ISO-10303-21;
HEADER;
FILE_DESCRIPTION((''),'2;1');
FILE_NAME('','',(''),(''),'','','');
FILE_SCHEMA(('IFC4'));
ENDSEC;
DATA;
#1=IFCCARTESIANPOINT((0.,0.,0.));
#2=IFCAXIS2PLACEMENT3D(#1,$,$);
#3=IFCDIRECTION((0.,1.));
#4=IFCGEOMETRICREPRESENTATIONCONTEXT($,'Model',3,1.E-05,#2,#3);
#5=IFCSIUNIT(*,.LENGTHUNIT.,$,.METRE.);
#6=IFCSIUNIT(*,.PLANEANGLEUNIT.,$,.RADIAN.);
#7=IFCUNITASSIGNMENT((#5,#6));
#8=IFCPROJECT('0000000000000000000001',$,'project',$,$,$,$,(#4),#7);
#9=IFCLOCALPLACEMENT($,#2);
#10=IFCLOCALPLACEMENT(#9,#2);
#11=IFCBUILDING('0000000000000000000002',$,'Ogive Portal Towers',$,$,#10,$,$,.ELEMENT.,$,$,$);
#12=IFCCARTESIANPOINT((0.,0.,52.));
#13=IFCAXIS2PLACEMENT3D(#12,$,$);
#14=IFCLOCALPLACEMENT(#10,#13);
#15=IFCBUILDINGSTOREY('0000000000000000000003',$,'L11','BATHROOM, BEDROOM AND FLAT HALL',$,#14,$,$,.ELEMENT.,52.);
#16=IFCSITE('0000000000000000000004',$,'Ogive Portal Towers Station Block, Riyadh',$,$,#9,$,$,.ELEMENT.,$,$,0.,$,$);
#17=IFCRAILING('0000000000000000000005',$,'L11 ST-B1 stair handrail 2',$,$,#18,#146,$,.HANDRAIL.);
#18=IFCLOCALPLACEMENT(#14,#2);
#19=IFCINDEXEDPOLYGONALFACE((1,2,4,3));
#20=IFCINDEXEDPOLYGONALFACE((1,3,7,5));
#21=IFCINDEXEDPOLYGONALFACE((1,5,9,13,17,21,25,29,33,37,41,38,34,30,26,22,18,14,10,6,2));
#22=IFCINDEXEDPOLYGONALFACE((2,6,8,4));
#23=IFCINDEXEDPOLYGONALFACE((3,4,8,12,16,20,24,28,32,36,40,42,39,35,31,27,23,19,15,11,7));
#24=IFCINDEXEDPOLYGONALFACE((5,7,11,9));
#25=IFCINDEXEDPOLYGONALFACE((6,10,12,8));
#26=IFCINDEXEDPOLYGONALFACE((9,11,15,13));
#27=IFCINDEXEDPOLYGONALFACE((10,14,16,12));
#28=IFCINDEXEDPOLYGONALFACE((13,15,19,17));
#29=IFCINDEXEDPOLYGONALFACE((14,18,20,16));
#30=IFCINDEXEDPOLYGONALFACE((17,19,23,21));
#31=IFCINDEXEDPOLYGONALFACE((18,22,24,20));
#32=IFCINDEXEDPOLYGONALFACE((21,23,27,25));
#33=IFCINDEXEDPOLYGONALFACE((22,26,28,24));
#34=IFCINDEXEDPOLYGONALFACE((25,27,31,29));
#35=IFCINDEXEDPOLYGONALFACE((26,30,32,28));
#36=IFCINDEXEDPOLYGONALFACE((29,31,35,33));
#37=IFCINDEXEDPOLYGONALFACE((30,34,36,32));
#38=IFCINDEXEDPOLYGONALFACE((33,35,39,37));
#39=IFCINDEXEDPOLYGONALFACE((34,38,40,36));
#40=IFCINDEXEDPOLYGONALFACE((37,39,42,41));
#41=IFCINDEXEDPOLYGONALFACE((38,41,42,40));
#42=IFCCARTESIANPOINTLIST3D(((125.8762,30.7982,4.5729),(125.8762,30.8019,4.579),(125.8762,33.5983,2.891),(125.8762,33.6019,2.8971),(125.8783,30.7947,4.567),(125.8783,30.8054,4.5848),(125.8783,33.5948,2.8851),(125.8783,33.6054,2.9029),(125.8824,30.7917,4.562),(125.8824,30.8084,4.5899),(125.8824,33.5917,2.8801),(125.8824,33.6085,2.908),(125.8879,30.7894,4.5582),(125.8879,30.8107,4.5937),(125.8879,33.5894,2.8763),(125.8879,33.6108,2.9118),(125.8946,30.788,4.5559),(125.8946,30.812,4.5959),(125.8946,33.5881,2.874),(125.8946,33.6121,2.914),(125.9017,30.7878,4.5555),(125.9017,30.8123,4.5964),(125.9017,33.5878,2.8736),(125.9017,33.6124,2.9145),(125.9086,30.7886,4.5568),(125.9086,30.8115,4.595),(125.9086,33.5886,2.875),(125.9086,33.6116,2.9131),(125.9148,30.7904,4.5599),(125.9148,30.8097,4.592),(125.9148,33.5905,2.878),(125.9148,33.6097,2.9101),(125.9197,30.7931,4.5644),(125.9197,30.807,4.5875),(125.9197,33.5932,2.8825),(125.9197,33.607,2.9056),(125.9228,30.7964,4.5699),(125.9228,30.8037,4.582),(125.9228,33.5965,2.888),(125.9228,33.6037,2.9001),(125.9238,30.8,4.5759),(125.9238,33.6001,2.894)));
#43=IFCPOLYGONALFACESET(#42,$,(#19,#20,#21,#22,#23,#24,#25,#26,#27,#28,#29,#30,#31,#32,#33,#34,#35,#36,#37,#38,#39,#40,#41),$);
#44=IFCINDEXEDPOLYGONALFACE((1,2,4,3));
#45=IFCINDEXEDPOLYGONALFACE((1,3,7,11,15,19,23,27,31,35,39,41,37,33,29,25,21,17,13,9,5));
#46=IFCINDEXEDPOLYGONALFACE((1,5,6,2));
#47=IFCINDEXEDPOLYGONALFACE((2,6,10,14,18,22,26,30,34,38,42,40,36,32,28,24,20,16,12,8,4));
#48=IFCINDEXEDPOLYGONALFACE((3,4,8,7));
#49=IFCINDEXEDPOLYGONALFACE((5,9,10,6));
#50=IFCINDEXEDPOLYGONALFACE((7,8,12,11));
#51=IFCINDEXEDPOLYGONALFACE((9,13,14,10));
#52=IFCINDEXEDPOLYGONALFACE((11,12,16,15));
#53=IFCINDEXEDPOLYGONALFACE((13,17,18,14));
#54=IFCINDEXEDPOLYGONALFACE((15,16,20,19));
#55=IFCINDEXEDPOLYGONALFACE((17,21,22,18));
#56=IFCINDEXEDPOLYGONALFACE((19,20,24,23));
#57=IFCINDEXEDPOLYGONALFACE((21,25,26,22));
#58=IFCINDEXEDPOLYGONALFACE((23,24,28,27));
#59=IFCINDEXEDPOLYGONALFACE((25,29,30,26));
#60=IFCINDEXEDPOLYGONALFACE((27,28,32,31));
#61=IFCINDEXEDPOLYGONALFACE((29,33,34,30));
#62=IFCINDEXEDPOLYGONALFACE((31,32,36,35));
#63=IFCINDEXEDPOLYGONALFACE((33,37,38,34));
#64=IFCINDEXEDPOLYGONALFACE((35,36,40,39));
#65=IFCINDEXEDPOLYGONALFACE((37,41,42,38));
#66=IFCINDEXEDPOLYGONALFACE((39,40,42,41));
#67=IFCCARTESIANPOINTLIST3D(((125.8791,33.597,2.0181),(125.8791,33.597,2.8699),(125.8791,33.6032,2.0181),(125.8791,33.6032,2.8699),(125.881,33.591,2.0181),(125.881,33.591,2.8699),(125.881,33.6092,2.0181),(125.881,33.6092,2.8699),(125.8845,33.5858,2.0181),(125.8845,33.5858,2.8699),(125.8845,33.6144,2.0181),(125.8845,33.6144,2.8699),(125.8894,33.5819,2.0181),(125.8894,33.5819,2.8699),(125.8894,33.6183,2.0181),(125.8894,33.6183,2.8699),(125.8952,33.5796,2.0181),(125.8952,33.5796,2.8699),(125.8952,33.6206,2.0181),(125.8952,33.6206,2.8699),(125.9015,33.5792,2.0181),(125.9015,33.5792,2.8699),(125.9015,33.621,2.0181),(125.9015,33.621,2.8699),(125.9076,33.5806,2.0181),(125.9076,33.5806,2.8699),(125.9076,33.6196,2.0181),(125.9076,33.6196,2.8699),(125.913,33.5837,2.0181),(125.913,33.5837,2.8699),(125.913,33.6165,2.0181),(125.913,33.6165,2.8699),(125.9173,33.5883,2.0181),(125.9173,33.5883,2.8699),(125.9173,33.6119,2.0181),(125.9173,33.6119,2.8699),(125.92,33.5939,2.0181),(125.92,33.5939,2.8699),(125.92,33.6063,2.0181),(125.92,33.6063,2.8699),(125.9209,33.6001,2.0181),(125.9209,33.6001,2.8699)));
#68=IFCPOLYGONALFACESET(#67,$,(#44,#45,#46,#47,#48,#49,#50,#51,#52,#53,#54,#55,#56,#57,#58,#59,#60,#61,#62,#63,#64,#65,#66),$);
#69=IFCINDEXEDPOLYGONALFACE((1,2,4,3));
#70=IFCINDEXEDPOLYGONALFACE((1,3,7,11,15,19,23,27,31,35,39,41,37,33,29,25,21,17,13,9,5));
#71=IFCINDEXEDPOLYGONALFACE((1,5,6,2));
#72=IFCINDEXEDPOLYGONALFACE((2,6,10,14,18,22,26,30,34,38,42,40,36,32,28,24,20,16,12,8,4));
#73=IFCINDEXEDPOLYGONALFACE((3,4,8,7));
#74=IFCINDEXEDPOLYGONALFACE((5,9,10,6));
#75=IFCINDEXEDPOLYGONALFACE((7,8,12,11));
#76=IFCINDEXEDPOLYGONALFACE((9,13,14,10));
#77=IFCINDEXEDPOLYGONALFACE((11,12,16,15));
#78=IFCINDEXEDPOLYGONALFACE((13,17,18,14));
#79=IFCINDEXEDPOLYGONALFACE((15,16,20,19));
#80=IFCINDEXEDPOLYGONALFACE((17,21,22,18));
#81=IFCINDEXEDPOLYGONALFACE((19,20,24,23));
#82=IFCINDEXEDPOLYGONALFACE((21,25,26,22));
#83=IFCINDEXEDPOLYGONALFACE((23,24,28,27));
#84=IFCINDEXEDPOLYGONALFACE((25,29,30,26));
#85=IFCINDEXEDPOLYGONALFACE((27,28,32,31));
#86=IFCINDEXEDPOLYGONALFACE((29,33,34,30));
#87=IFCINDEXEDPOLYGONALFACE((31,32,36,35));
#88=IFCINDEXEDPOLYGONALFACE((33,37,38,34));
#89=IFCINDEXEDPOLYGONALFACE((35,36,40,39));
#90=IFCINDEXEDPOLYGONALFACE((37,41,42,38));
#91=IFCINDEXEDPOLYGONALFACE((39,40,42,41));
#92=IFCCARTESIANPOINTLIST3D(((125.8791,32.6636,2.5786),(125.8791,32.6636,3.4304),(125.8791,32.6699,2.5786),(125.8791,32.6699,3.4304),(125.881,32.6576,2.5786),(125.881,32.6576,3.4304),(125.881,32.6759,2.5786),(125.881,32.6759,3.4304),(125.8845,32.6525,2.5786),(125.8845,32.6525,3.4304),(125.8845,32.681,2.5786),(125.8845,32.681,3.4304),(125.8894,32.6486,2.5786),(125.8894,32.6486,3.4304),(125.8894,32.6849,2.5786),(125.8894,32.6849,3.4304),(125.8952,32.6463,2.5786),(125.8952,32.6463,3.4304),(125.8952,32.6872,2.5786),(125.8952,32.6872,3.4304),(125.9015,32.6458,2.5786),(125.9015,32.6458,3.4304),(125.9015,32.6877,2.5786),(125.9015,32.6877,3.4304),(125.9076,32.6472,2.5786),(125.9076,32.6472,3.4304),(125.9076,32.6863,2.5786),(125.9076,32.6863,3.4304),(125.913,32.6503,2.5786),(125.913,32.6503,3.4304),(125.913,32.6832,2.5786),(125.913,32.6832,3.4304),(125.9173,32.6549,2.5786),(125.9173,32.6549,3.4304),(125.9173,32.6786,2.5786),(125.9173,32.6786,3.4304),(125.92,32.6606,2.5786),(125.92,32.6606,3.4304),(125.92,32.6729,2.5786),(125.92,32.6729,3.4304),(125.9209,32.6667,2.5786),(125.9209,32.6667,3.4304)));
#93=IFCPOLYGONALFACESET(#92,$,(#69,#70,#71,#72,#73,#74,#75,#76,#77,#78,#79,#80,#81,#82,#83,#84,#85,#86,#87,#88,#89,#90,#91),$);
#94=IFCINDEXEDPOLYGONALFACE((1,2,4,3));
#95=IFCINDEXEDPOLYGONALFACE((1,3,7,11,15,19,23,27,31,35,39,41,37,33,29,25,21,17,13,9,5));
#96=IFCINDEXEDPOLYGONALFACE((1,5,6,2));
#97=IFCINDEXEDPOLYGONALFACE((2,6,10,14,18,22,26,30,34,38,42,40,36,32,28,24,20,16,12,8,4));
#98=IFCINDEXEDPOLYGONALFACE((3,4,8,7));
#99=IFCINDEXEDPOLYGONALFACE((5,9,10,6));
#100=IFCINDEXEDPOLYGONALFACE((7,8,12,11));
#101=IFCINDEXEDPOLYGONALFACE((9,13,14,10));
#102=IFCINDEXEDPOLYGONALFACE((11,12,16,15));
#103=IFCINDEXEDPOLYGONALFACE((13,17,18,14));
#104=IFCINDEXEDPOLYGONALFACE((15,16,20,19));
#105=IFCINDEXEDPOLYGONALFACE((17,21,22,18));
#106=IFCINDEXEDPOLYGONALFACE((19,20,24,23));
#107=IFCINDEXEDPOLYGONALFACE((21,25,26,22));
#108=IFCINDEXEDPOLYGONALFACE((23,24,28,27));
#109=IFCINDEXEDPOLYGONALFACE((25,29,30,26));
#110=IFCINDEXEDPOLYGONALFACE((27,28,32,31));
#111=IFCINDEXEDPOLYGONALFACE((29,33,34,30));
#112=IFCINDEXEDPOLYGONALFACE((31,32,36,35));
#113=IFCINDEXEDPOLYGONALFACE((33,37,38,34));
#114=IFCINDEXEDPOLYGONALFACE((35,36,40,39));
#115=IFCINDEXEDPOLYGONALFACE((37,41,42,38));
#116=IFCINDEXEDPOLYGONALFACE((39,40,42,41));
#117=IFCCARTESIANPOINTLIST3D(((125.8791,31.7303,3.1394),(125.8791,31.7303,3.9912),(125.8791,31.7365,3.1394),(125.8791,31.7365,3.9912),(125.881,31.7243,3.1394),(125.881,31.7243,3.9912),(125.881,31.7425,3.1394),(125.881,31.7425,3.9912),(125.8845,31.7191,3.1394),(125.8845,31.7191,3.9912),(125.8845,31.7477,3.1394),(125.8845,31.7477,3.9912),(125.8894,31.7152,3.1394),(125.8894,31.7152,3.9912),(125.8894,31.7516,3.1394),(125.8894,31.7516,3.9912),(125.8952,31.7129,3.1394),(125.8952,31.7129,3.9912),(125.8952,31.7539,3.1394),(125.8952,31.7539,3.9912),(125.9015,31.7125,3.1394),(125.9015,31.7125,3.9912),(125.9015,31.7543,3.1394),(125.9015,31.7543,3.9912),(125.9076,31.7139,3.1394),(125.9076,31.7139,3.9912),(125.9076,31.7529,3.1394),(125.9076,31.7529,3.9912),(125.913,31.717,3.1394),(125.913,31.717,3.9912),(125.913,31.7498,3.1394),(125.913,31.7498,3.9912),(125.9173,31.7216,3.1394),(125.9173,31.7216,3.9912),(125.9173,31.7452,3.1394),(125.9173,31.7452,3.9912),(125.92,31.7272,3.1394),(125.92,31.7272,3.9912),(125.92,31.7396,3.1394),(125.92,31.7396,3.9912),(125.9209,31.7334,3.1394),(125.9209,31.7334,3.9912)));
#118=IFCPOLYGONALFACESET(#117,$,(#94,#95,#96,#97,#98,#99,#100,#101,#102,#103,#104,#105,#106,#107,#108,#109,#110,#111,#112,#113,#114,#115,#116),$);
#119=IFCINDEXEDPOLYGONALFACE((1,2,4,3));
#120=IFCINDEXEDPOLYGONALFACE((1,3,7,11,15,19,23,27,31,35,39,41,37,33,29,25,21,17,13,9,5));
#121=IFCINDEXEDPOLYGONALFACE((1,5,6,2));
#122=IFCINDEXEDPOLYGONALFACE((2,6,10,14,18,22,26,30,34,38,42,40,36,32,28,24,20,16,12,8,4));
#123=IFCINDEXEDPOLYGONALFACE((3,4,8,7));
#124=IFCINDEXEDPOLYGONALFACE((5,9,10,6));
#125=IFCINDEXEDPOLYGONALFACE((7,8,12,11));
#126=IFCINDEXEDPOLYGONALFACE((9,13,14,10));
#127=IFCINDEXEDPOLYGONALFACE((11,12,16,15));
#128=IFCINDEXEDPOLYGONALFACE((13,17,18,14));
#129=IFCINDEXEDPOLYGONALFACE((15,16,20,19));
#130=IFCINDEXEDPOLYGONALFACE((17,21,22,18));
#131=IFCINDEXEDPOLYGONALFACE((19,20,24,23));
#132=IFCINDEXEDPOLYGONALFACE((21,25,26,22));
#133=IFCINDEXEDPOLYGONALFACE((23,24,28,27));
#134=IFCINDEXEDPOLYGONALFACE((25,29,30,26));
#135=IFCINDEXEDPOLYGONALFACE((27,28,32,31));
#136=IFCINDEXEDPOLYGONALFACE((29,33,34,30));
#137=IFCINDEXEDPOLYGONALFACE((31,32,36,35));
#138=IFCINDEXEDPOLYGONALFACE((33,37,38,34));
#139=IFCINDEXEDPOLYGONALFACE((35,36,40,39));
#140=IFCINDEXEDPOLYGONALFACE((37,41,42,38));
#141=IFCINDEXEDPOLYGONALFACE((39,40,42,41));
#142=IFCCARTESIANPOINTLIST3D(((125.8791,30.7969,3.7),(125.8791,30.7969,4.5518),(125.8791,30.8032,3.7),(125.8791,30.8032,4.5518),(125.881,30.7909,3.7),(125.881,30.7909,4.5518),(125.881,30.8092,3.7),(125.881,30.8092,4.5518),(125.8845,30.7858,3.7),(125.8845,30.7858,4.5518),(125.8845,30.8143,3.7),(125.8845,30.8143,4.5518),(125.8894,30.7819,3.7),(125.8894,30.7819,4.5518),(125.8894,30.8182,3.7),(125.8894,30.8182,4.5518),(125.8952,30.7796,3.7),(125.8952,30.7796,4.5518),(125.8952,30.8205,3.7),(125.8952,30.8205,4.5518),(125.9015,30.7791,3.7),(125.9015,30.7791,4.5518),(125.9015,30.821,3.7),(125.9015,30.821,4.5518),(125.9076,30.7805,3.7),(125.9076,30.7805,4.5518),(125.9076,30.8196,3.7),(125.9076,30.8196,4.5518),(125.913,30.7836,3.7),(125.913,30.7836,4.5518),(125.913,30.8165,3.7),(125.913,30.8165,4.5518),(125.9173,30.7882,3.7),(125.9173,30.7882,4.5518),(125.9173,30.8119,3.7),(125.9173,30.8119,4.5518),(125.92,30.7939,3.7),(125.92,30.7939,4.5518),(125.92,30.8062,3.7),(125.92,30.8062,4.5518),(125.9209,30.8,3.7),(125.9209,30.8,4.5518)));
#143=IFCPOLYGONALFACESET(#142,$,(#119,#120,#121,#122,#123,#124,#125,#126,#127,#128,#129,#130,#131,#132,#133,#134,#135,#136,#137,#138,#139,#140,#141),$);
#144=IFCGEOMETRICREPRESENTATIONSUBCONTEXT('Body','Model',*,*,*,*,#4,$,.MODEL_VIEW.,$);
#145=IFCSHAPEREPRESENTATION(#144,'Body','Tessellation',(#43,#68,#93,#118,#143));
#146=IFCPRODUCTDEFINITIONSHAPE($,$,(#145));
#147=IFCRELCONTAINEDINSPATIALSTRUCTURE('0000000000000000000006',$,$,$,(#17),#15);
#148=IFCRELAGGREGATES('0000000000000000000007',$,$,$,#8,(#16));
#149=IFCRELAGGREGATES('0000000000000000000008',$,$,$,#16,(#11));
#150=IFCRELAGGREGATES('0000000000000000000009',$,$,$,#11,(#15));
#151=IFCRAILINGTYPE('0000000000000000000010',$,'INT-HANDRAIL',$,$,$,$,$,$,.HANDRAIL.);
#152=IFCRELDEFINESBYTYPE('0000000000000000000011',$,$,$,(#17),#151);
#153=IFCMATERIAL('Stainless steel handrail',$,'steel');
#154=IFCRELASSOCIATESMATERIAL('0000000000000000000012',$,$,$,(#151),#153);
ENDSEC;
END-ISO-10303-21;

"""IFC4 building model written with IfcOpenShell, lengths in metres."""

from ifc_helpers import new_model, si_unit, direction, frame, origin, origin_2d, place, context, subcontext, project, spatial, circle, extrude, material, type_object, element, save


model = new_model("IFC4")

# Units and contexts
model_context = context("Model", 3, precision=1e-05, world=origin(), true_north=direction((0.0, 1.0)))
body_context = subcontext(model_context, "Body", "Model", "MODEL_VIEW")
ifc_project = project(units=[si_unit("LENGTHUNIT", "METRE"), si_unit("PLANEANGLEUNIT", "RADIAN")], contexts=[model_context])

# Site, building, storey
site_placement = place(None, origin())
site = spatial("IfcSite", under=ifc_project, at=site_placement, Name="Ogive Portal Towers Station Block, Riyadh", CompositionType="ELEMENT", RefElevation=0.0)
building_placement = place(site_placement, origin())
building = spatial("IfcBuilding", under=site, at=building_placement, Name="Ogive Portal Towers", CompositionType="ELEMENT")
storey_placement = place(building_placement, frame((0.0, 0.0, 52.0)))
storey = spatial("IfcBuildingStorey", under=building, at=storey_placement, Name="L11", Description="BATHROOM, BEDROOM AND FLAT HALL", CompositionType="ELEMENT", Elevation=52.0)

# Railing
ifc_material_1 = material(Name="Stainless steel handrail", Category="steel")
railing_type = type_object("IfcRailingType", Name="INT-HANDRAIL", PredefinedType="HANDRAIL", material=ifc_material_1)
railing_placement = place(storey_placement, frame((125.8999, 33.6001, 2.0181)))
element("IfcRailing", 1, at=railing_placement, inside=storey, type_object=railing_type, Name="L11 ST-B1 stair handrail 2", PredefinedType="HANDRAIL", context=body_context, shape_type="SweptSolid", body=[
    extrude(circle(Radius=0.0239, at=origin_2d()), frame((0.0, 0.0, 0.876), z_axis=(0.0, -0.857242, 0.514913), x_axis=(1.0, 0.0, 0.0)), (0.0, 0.0, 1.0), 3.2664),
    extrude(circle(Radius=0.021, at=origin_2d()), origin(), (0.0, 0.0, 1.0), 0.8518),
    extrude(circle(Radius=0.021, at=origin_2d()), frame((0.0, -0.9333, 0.5605)), (0.0, 0.0, 1.0), 0.8518),
    extrude(circle(Radius=0.021, at=origin_2d()), frame((0.0, -1.8667, 1.1213)), (0.0, 0.0, 1.0), 0.8518),
    extrude(circle(Radius=0.021, at=origin_2d()), frame((0.0, -2.8, 1.6819)), (0.0, 0.0, 1.0), 0.8518),
])

save(model, "model.ifc")
